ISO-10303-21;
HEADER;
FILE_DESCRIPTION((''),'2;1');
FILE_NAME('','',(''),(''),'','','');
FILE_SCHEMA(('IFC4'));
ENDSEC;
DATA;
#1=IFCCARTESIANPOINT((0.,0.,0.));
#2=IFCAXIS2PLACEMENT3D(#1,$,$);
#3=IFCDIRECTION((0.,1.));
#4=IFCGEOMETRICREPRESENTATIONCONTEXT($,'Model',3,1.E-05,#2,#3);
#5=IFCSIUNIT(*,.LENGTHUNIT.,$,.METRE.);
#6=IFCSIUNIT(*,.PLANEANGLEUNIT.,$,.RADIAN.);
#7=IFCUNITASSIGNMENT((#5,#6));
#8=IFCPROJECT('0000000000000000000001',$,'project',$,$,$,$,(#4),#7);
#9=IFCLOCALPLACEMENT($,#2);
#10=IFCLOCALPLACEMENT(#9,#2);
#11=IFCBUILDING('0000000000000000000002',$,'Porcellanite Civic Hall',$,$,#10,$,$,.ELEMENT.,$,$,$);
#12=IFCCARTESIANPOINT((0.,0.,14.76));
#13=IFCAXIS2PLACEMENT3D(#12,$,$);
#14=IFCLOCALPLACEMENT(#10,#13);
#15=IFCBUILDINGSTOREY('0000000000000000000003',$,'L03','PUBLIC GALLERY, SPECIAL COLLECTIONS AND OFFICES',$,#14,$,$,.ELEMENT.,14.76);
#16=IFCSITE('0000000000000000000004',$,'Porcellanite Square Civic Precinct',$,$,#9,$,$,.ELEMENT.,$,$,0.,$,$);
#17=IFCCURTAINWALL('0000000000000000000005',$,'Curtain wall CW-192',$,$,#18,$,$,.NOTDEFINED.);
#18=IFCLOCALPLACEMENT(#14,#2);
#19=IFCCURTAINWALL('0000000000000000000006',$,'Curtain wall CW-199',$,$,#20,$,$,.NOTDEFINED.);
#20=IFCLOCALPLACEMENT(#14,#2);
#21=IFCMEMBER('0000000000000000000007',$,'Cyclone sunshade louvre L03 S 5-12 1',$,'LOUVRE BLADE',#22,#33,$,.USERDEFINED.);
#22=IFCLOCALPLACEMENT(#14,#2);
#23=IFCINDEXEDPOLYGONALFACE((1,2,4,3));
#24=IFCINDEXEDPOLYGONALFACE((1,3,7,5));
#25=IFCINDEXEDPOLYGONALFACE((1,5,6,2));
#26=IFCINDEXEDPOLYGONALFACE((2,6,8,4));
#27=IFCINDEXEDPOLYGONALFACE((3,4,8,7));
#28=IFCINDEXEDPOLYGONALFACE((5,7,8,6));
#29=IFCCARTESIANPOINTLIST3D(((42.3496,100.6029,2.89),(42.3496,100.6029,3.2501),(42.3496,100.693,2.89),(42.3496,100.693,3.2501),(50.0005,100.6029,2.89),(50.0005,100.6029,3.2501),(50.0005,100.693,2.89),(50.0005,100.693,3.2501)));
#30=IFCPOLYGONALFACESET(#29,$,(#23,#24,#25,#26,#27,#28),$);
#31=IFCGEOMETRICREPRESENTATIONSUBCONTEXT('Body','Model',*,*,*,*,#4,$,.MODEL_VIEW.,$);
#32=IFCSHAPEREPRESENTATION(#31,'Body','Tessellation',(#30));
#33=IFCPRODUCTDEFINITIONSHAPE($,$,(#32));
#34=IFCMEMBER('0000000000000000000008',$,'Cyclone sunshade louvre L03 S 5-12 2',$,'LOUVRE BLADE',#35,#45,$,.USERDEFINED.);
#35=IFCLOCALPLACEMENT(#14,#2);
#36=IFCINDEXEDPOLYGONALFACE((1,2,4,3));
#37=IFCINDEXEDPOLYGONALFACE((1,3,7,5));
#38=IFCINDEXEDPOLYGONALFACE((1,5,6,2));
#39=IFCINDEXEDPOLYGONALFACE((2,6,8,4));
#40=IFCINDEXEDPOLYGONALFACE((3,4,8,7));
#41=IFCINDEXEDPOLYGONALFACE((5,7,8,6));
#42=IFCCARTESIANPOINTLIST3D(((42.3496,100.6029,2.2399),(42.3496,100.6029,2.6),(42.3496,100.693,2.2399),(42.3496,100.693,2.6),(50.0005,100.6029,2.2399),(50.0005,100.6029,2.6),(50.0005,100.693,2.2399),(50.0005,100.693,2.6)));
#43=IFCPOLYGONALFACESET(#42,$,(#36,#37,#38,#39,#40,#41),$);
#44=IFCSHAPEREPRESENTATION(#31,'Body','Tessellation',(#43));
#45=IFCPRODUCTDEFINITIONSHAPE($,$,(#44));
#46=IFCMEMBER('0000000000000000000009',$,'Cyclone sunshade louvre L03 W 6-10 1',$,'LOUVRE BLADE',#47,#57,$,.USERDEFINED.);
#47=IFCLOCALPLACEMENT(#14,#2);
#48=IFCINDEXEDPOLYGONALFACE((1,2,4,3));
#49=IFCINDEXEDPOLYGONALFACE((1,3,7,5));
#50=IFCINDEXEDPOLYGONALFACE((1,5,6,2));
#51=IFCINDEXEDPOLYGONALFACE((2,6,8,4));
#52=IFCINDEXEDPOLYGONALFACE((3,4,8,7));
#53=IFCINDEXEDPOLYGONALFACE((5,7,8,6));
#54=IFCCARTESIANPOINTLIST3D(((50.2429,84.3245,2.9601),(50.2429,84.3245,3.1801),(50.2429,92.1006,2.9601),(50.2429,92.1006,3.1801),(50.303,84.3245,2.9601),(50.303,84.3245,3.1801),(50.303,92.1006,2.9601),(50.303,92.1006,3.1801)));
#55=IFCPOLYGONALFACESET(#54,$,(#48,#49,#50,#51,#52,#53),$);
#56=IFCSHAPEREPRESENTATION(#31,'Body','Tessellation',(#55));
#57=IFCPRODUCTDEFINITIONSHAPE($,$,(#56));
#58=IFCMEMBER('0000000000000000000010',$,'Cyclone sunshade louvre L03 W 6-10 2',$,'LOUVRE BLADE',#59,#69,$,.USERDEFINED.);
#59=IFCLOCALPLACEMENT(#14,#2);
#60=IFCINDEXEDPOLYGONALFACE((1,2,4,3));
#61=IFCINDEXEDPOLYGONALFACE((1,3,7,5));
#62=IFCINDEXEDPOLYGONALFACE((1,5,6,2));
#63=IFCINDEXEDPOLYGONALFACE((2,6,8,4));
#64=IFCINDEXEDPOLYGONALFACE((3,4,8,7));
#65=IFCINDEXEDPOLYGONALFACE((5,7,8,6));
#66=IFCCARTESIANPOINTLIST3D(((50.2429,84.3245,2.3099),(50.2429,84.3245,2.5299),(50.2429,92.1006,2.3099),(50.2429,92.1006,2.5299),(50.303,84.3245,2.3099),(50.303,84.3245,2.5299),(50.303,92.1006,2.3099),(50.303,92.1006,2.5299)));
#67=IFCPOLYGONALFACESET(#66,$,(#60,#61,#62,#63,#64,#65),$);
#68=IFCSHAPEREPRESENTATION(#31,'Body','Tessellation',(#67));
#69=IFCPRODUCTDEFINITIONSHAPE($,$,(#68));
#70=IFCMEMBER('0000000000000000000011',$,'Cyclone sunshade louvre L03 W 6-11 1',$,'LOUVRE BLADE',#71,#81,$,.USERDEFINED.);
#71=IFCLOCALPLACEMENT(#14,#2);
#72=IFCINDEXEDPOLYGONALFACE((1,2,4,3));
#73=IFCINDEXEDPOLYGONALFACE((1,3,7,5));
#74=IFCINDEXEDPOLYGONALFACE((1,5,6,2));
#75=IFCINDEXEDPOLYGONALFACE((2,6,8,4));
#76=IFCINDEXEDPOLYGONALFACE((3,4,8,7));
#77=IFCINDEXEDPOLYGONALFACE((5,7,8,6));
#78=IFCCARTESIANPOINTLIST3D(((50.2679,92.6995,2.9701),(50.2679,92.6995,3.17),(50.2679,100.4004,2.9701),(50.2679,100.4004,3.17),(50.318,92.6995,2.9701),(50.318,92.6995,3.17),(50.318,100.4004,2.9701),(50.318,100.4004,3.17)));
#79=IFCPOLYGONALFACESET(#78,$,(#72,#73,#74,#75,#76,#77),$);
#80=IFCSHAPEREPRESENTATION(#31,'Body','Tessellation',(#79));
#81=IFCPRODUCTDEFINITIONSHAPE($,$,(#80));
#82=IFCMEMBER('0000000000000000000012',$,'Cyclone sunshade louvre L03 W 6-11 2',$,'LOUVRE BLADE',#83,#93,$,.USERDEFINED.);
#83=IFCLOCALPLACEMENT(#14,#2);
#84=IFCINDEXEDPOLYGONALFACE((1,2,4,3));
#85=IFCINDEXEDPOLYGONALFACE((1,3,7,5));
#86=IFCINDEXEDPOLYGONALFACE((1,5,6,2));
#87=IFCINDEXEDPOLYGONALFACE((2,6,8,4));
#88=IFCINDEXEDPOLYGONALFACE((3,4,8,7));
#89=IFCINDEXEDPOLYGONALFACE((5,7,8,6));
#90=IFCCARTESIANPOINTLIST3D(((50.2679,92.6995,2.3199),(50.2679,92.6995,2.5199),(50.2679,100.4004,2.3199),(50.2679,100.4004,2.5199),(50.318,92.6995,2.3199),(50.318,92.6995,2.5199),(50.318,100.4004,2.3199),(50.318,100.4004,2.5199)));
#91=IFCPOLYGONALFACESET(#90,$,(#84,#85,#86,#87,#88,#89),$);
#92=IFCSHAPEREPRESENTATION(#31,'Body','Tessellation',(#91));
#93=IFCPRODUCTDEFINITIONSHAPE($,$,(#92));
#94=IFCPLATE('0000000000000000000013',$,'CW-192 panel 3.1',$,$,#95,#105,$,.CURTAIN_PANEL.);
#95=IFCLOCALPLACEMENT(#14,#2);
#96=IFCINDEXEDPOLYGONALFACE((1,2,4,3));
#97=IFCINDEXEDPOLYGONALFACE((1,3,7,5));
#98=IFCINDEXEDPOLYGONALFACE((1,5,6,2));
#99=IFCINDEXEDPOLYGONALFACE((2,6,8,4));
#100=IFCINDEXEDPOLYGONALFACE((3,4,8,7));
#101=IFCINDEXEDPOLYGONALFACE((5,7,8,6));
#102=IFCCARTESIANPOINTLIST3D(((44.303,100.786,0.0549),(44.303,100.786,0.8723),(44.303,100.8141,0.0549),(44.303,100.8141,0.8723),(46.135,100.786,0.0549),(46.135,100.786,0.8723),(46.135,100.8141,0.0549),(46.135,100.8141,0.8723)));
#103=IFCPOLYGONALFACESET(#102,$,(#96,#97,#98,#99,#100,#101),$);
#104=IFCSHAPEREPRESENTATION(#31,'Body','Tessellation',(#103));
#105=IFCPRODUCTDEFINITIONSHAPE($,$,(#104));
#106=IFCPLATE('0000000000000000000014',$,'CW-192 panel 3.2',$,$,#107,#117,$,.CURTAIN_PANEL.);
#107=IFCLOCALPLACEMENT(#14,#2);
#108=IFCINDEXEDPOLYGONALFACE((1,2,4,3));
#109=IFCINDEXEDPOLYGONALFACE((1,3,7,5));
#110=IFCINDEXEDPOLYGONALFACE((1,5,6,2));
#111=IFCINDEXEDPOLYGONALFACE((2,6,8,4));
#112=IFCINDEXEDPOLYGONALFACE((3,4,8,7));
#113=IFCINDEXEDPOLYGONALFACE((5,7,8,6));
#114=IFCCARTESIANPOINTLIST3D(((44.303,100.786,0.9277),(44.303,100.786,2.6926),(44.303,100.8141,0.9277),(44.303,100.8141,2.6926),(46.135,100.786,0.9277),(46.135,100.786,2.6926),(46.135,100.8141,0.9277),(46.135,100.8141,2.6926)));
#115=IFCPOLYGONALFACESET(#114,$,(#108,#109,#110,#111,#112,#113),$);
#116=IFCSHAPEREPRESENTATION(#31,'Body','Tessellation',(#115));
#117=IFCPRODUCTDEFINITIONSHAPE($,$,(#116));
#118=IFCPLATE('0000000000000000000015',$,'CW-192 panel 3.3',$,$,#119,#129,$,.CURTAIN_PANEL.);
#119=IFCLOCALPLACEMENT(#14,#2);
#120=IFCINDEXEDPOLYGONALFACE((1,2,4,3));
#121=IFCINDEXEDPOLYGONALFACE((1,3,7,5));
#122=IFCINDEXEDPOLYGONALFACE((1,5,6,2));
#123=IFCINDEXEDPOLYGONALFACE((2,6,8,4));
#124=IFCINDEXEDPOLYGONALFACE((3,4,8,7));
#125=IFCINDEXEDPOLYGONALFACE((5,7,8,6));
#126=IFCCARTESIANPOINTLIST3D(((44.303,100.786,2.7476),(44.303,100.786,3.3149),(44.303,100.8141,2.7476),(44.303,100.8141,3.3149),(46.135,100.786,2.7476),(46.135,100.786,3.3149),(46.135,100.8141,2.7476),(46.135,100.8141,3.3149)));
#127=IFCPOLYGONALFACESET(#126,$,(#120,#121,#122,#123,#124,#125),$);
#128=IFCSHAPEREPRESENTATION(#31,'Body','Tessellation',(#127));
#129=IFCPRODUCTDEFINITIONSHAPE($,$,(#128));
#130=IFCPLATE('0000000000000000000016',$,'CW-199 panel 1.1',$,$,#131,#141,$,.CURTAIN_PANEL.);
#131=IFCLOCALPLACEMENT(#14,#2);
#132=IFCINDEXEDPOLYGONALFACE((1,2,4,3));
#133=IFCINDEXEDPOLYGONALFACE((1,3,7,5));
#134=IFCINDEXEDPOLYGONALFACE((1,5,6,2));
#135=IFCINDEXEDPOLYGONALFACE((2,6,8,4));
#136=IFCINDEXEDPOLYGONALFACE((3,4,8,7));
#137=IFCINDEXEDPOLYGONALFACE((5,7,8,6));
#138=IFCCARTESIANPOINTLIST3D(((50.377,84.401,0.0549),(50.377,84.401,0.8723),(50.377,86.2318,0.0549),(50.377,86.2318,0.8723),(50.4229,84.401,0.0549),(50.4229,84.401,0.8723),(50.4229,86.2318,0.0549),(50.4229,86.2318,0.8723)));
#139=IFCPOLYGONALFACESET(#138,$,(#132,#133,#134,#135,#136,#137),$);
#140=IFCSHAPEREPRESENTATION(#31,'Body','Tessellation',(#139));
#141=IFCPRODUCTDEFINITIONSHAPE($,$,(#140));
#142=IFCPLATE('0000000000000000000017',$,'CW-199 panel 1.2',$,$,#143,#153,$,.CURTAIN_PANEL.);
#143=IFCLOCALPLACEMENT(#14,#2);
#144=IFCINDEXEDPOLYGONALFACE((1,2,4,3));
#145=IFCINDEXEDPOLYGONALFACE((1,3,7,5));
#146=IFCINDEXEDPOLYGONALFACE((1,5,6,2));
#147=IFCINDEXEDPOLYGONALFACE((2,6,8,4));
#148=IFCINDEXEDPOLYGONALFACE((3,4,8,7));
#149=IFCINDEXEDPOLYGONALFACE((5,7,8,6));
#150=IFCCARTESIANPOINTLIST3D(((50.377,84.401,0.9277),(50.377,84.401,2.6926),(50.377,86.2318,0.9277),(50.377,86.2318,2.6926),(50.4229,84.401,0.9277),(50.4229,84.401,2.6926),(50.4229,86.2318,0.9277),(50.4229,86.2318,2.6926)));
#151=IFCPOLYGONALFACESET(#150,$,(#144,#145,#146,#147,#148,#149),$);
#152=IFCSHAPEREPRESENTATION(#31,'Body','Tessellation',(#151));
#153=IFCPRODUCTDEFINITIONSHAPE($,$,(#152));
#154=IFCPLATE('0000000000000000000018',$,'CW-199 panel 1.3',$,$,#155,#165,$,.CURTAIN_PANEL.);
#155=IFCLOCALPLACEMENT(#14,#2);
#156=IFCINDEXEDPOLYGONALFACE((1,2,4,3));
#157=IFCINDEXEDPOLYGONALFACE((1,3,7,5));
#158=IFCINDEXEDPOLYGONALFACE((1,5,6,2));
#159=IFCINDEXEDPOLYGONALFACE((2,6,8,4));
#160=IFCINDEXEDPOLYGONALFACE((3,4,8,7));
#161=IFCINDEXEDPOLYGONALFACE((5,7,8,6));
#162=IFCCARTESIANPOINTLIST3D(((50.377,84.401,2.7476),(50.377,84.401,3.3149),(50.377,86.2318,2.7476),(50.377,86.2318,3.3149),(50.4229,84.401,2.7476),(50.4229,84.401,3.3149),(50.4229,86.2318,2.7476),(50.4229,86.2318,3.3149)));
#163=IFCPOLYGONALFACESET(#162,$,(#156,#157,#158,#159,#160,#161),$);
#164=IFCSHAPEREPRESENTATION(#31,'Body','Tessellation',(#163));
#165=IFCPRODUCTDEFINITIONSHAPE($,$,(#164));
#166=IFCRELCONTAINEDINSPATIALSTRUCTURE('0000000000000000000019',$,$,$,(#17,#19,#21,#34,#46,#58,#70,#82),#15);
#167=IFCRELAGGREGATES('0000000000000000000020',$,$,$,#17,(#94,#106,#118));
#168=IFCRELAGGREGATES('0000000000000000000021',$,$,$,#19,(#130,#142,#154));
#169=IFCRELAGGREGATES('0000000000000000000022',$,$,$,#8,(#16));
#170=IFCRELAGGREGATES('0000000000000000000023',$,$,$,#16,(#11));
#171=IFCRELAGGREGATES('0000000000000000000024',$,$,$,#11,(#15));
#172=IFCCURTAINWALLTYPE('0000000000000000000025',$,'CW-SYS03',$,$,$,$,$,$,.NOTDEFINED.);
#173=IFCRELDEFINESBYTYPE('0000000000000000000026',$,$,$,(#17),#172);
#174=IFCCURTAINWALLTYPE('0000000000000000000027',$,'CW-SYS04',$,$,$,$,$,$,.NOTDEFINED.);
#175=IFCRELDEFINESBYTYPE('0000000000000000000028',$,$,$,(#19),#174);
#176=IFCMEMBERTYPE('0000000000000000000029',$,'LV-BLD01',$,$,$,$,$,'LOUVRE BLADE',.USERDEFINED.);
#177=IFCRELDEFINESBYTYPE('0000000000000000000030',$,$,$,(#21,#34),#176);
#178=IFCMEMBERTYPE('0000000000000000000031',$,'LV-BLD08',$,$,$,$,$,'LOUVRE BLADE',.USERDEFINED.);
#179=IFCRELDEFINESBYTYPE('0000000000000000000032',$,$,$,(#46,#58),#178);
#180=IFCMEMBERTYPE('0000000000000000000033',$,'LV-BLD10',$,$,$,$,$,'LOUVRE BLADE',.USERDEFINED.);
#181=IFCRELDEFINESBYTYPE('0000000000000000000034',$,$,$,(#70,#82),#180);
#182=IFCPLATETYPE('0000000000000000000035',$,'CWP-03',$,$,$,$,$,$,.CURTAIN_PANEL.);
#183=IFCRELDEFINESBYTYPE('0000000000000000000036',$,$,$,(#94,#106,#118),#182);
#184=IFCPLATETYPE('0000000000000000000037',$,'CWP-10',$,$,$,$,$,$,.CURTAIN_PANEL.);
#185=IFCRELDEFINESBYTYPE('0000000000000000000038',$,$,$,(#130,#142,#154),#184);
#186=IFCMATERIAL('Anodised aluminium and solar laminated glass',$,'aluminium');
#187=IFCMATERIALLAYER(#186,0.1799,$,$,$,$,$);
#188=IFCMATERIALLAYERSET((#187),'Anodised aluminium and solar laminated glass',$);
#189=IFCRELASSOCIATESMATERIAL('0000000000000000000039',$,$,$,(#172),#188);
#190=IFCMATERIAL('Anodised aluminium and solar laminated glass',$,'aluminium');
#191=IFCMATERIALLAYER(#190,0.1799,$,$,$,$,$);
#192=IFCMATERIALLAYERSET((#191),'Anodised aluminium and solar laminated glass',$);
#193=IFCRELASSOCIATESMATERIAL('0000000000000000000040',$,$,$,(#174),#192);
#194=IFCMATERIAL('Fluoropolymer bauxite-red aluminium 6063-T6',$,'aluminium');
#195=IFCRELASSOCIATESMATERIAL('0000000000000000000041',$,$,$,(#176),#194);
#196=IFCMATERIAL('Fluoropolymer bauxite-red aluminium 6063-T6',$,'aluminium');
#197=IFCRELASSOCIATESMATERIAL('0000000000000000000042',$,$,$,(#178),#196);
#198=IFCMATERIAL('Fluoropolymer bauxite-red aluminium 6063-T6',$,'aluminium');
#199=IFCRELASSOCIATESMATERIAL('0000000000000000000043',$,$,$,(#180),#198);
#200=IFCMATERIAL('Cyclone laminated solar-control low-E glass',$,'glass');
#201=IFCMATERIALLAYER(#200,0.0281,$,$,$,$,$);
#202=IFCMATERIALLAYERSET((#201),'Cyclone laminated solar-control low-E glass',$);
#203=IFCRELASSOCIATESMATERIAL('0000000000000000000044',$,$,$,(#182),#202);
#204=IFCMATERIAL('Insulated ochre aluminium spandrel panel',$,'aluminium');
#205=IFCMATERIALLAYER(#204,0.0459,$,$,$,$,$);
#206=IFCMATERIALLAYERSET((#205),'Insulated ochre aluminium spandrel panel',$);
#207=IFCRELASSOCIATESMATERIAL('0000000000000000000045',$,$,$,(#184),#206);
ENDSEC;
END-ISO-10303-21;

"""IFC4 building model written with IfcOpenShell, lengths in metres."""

from ifc_helpers import new_model, si_unit, direction, frame, origin, origin_2d, place, context, subcontext, project, spatial, rectangle, extrude, material, layer, layer_set, material_profile, profile_set, type_object, element, aggregate, save


model = new_model("IFC4")

# Units and contexts
model_context = context("Model", 3, precision=1e-05, world=origin(), true_north=direction((0.0, 1.0)))
body_context = subcontext(model_context, "Body", "Model", "MODEL_VIEW")
ifc_project = project(units=[si_unit("LENGTHUNIT", "METRE"), si_unit("PLANEANGLEUNIT", "RADIAN")], contexts=[model_context])

# Site, building, storey
site_placement = place(None, origin())
site = spatial("IfcSite", under=ifc_project, at=site_placement, Name="Porcellanite Square Civic Precinct", CompositionType="ELEMENT", RefElevation=0.0)
building_placement = place(site_placement, origin())
building = spatial("IfcBuilding", under=site, at=building_placement, Name="Porcellanite Civic Hall", CompositionType="ELEMENT")
storey_placement = place(building_placement, frame((0.0, 0.0, 14.76)))
storey = spatial("IfcBuildingStorey", under=building, at=storey_placement, Name="L03", Description="PUBLIC GALLERY, SPECIAL COLLECTIONS AND OFFICES", CompositionType="ELEMENT", Elevation=14.76)

# Curtain wall
ifc_material_1 = material(Name="Anodised aluminium and solar laminated glass", Category="aluminium")
ifc_layer_1 = layer(ifc_material_1, 0.1799)
ifc_layer_set_1 = layer_set([ifc_layer_1], Name="Anodised aluminium and solar laminated glass")
curtain_wall_type_1 = type_object("IfcCurtainWallType", Name="CW-SYS03", PredefinedType="NOTDEFINED", material=ifc_layer_set_1)
curtain_wall_1_placement = place(storey_placement, origin())
curtain_wall_1 = element("IfcCurtainWall", 1, at=curtain_wall_1_placement, inside=storey, type_object=curtain_wall_type_1, Name="Curtain wall CW-192", PredefinedType="NOTDEFINED")

# Curtain wall
ifc_material_2 = material(Name="Anodised aluminium and solar laminated glass", Category="aluminium")
ifc_layer_2 = layer(ifc_material_2, 0.1799)
ifc_layer_set_2 = layer_set([ifc_layer_2], Name="Anodised aluminium and solar laminated glass")
curtain_wall_type_2 = type_object("IfcCurtainWallType", Name="CW-SYS04", PredefinedType="NOTDEFINED", material=ifc_layer_set_2)
curtain_wall_2_placement = place(storey_placement, origin())
curtain_wall_2 = element("IfcCurtainWall", 2, at=curtain_wall_2_placement, inside=storey, type_object=curtain_wall_type_2, Name="Curtain wall CW-199", PredefinedType="NOTDEFINED")

# Members
ifc_material_3 = material(Name="Fluoropolymer bauxite-red aluminium 6063-T6", Category="aluminium")
ifc_material_profile_1 = material_profile(ifc_material_3, rectangle(XDim=0.0901, YDim=0.3601, at=origin_2d()), Name="AL-90x360")
ifc_profile_set_1 = profile_set([ifc_material_profile_1], Name="Fluoropolymer bauxite-red aluminium 6063-T6")
member_type_1 = type_object("IfcMemberType", Name="LV-BLD01", ElementType="LOUVRE BLADE", PredefinedType="USERDEFINED", material=ifc_profile_set_1)
for number, where, z_axis, x_axis, name in (
    (3, (50.0005, 100.6479, 3.0701), (-1.0, 0.0, 0.0), (0.0, -1.0, 0.0), "Cyclone sunshade louvre L03 S 5-12 1"),
    (4, (50.0005, 100.6479, 2.4199), (-1.0, 0.0, 0.0), (0.0, -1.0, 0.0), "Cyclone sunshade louvre L03 S 5-12 2"),
):
    element("IfcMember", number, at=place(storey_placement, frame(where, z_axis=z_axis, x_axis=x_axis)), inside=storey, type_object=member_type_1, Name=name, ObjectType="LOUVRE BLADE", PredefinedType="USERDEFINED", context=body_context, shape_type="SweptSolid", body=[
        extrude(rectangle(XDim=0.0901, YDim=0.3601, at=origin_2d()), origin(), (0.0, 0.0, 1.0), 7.6509),
    ])
ifc_material_4 = material(Name="Fluoropolymer bauxite-red aluminium 6063-T6", Category="aluminium")
ifc_material_profile_2 = material_profile(ifc_material_4, rectangle(XDim=0.0601, YDim=0.22, at=origin_2d()), Name="AL-60x220")
ifc_profile_set_2 = profile_set([ifc_material_profile_2], Name="Fluoropolymer bauxite-red aluminium 6063-T6")
member_type_2 = type_object("IfcMemberType", Name="LV-BLD08", ElementType="LOUVRE BLADE", PredefinedType="USERDEFINED", material=ifc_profile_set_2)
for number, where, z_axis, x_axis, name in (
    (5, (50.2729, 84.3245, 3.0701), (0.0, 1.0, 0.0), (-1.0, 0.0, 0.0), "Cyclone sunshade louvre L03 W 6-10 1"),
    (6, (50.2729, 84.3245, 2.4199), (0.0, 1.0, 0.0), (-1.0, 0.0, 0.0), "Cyclone sunshade louvre L03 W 6-10 2"),
):
    element("IfcMember", number, at=place(storey_placement, frame(where, z_axis=z_axis, x_axis=x_axis)), inside=storey, type_object=member_type_2, Name=name, ObjectType="LOUVRE BLADE", PredefinedType="USERDEFINED", context=body_context, shape_type="SweptSolid", body=[
        extrude(rectangle(XDim=0.0601, YDim=0.22, at=origin_2d()), origin(), (0.0, 0.0, 1.0), 7.7761),
    ])
ifc_material_5 = material(Name="Fluoropolymer bauxite-red aluminium 6063-T6", Category="aluminium")
ifc_material_profile_3 = material_profile(ifc_material_5, rectangle(XDim=0.05, YDim=0.2, at=origin_2d()), Name="AL-50x200")
ifc_profile_set_3 = profile_set([ifc_material_profile_3], Name="Fluoropolymer bauxite-red aluminium 6063-T6")
member_type_3 = type_object("IfcMemberType", Name="LV-BLD10", ElementType="LOUVRE BLADE", PredefinedType="USERDEFINED", material=ifc_profile_set_3)
for number, where, z_axis, x_axis, name in (
    (7, (50.293, 92.6995, 3.0701), (0.0, 1.0, 0.0), (-1.0, 0.0, 0.0), "Cyclone sunshade louvre L03 W 6-11 1"),
    (8, (50.293, 92.6995, 2.4199), (0.0, 1.0, 0.0), (-1.0, 0.0, 0.0), "Cyclone sunshade louvre L03 W 6-11 2"),
):
    element("IfcMember", number, at=place(storey_placement, frame(where, z_axis=z_axis, x_axis=x_axis)), inside=storey, type_object=member_type_3, Name=name, ObjectType="LOUVRE BLADE", PredefinedType="USERDEFINED", context=body_context, shape_type="SweptSolid", body=[
        extrude(rectangle(XDim=0.05, YDim=0.2, at=origin_2d()), origin(), (0.0, 0.0, 1.0), 7.7009),
    ])

# Plates
ifc_material_6 = material(Name="Cyclone laminated solar-control low-E glass", Category="glass")
ifc_layer_3 = layer(ifc_material_6, 0.0281)
ifc_layer_set_3 = layer_set([ifc_layer_3], Name="Cyclone laminated solar-control low-E glass")
plate_type_1 = type_object("IfcPlateType", Name="CWP-03", PredefinedType="CURTAIN_PANEL", material=ifc_layer_set_3)
plate_1_placement = place(storey_placement, frame((45.219, 100.8, 0.0549), z_axis=(0.0, 0.0, 1.0), x_axis=(-1.0, 0.0, 0.0)))
plate_1 = element("IfcPlate", 9, at=plate_1_placement, type_object=plate_type_1, Name="CW-192 panel 3.1", PredefinedType="CURTAIN_PANEL", context=body_context, shape_type="SweptSolid", body=[
    extrude(rectangle(XDim=1.832, YDim=0.0281, at=origin_2d()), origin(), (0.0, 0.0, 1.0), 0.8174),
])
plate_2_placement = place(storey_placement, frame((45.219, 100.8, 0.9277), z_axis=(0.0, 0.0, 1.0), x_axis=(-1.0, 0.0, 0.0)))
plate_2 = element("IfcPlate", 10, at=plate_2_placement, type_object=plate_type_1, Name="CW-192 panel 3.2", PredefinedType="CURTAIN_PANEL", context=body_context, shape_type="SweptSolid", body=[
    extrude(rectangle(XDim=1.832, YDim=0.0281, at=origin_2d()), origin(), (0.0, 0.0, 1.0), 1.7649),
])
plate_3_placement = place(storey_placement, frame((45.219, 100.8, 2.7476), z_axis=(0.0, 0.0, 1.0), x_axis=(-1.0, 0.0, 0.0)))
plate_3 = element("IfcPlate", 11, at=plate_3_placement, type_object=plate_type_1, Name="CW-192 panel 3.3", PredefinedType="CURTAIN_PANEL", context=body_context, shape_type="SweptSolid", body=[
    extrude(rectangle(XDim=1.832, YDim=0.0281, at=origin_2d()), origin(), (0.0, 0.0, 1.0), 0.5674),
])
aggregate(curtain_wall_1, [plate_1, plate_2, plate_3])
ifc_material_7 = material(Name="Insulated ochre aluminium spandrel panel", Category="aluminium")
ifc_layer_4 = layer(ifc_material_7, 0.0459)
ifc_layer_set_4 = layer_set([ifc_layer_4], Name="Insulated ochre aluminium spandrel panel")
plate_type_2 = type_object("IfcPlateType", Name="CWP-10", PredefinedType="CURTAIN_PANEL", material=ifc_layer_set_4)
plate_4_placement = place(storey_placement, frame((50.3999, 85.3164, 0.0549), z_axis=(0.0, 0.0, 1.0), x_axis=(0.0, 1.0, 0.0)))
plate_4 = element("IfcPlate", 12, at=plate_4_placement, type_object=plate_type_2, Name="CW-199 panel 1.1", PredefinedType="CURTAIN_PANEL", context=body_context, shape_type="SweptSolid", body=[
    extrude(rectangle(XDim=1.8308, YDim=0.0459, at=origin_2d()), origin(), (0.0, 0.0, 1.0), 0.8174),
])
plate_5_placement = place(storey_placement, frame((50.3999, 85.3164, 0.9277), z_axis=(0.0, 0.0, 1.0), x_axis=(0.0, 1.0, 0.0)))
plate_5 = element("IfcPlate", 13, at=plate_5_placement, type_object=plate_type_2, Name="CW-199 panel 1.2", PredefinedType="CURTAIN_PANEL", context=body_context, shape_type="SweptSolid", body=[
    extrude(rectangle(XDim=1.8308, YDim=0.0459, at=origin_2d()), origin(), (0.0, 0.0, 1.0), 1.7649),
])
plate_6_placement = place(storey_placement, frame((50.3999, 85.3164, 2.7476), z_axis=(0.0, 0.0, 1.0), x_axis=(0.0, 1.0, 0.0)))
plate_6 = element("IfcPlate", 14, at=plate_6_placement, type_object=plate_type_2, Name="CW-199 panel 1.3", PredefinedType="CURTAIN_PANEL", context=body_context, shape_type="SweptSolid", body=[
    extrude(rectangle(XDim=1.8308, YDim=0.0459, at=origin_2d()), origin(), (0.0, 0.0, 1.0), 0.5674),
])
aggregate(curtain_wall_2, [plate_4, plate_5, plate_6])

save(model, "model.ifc")
